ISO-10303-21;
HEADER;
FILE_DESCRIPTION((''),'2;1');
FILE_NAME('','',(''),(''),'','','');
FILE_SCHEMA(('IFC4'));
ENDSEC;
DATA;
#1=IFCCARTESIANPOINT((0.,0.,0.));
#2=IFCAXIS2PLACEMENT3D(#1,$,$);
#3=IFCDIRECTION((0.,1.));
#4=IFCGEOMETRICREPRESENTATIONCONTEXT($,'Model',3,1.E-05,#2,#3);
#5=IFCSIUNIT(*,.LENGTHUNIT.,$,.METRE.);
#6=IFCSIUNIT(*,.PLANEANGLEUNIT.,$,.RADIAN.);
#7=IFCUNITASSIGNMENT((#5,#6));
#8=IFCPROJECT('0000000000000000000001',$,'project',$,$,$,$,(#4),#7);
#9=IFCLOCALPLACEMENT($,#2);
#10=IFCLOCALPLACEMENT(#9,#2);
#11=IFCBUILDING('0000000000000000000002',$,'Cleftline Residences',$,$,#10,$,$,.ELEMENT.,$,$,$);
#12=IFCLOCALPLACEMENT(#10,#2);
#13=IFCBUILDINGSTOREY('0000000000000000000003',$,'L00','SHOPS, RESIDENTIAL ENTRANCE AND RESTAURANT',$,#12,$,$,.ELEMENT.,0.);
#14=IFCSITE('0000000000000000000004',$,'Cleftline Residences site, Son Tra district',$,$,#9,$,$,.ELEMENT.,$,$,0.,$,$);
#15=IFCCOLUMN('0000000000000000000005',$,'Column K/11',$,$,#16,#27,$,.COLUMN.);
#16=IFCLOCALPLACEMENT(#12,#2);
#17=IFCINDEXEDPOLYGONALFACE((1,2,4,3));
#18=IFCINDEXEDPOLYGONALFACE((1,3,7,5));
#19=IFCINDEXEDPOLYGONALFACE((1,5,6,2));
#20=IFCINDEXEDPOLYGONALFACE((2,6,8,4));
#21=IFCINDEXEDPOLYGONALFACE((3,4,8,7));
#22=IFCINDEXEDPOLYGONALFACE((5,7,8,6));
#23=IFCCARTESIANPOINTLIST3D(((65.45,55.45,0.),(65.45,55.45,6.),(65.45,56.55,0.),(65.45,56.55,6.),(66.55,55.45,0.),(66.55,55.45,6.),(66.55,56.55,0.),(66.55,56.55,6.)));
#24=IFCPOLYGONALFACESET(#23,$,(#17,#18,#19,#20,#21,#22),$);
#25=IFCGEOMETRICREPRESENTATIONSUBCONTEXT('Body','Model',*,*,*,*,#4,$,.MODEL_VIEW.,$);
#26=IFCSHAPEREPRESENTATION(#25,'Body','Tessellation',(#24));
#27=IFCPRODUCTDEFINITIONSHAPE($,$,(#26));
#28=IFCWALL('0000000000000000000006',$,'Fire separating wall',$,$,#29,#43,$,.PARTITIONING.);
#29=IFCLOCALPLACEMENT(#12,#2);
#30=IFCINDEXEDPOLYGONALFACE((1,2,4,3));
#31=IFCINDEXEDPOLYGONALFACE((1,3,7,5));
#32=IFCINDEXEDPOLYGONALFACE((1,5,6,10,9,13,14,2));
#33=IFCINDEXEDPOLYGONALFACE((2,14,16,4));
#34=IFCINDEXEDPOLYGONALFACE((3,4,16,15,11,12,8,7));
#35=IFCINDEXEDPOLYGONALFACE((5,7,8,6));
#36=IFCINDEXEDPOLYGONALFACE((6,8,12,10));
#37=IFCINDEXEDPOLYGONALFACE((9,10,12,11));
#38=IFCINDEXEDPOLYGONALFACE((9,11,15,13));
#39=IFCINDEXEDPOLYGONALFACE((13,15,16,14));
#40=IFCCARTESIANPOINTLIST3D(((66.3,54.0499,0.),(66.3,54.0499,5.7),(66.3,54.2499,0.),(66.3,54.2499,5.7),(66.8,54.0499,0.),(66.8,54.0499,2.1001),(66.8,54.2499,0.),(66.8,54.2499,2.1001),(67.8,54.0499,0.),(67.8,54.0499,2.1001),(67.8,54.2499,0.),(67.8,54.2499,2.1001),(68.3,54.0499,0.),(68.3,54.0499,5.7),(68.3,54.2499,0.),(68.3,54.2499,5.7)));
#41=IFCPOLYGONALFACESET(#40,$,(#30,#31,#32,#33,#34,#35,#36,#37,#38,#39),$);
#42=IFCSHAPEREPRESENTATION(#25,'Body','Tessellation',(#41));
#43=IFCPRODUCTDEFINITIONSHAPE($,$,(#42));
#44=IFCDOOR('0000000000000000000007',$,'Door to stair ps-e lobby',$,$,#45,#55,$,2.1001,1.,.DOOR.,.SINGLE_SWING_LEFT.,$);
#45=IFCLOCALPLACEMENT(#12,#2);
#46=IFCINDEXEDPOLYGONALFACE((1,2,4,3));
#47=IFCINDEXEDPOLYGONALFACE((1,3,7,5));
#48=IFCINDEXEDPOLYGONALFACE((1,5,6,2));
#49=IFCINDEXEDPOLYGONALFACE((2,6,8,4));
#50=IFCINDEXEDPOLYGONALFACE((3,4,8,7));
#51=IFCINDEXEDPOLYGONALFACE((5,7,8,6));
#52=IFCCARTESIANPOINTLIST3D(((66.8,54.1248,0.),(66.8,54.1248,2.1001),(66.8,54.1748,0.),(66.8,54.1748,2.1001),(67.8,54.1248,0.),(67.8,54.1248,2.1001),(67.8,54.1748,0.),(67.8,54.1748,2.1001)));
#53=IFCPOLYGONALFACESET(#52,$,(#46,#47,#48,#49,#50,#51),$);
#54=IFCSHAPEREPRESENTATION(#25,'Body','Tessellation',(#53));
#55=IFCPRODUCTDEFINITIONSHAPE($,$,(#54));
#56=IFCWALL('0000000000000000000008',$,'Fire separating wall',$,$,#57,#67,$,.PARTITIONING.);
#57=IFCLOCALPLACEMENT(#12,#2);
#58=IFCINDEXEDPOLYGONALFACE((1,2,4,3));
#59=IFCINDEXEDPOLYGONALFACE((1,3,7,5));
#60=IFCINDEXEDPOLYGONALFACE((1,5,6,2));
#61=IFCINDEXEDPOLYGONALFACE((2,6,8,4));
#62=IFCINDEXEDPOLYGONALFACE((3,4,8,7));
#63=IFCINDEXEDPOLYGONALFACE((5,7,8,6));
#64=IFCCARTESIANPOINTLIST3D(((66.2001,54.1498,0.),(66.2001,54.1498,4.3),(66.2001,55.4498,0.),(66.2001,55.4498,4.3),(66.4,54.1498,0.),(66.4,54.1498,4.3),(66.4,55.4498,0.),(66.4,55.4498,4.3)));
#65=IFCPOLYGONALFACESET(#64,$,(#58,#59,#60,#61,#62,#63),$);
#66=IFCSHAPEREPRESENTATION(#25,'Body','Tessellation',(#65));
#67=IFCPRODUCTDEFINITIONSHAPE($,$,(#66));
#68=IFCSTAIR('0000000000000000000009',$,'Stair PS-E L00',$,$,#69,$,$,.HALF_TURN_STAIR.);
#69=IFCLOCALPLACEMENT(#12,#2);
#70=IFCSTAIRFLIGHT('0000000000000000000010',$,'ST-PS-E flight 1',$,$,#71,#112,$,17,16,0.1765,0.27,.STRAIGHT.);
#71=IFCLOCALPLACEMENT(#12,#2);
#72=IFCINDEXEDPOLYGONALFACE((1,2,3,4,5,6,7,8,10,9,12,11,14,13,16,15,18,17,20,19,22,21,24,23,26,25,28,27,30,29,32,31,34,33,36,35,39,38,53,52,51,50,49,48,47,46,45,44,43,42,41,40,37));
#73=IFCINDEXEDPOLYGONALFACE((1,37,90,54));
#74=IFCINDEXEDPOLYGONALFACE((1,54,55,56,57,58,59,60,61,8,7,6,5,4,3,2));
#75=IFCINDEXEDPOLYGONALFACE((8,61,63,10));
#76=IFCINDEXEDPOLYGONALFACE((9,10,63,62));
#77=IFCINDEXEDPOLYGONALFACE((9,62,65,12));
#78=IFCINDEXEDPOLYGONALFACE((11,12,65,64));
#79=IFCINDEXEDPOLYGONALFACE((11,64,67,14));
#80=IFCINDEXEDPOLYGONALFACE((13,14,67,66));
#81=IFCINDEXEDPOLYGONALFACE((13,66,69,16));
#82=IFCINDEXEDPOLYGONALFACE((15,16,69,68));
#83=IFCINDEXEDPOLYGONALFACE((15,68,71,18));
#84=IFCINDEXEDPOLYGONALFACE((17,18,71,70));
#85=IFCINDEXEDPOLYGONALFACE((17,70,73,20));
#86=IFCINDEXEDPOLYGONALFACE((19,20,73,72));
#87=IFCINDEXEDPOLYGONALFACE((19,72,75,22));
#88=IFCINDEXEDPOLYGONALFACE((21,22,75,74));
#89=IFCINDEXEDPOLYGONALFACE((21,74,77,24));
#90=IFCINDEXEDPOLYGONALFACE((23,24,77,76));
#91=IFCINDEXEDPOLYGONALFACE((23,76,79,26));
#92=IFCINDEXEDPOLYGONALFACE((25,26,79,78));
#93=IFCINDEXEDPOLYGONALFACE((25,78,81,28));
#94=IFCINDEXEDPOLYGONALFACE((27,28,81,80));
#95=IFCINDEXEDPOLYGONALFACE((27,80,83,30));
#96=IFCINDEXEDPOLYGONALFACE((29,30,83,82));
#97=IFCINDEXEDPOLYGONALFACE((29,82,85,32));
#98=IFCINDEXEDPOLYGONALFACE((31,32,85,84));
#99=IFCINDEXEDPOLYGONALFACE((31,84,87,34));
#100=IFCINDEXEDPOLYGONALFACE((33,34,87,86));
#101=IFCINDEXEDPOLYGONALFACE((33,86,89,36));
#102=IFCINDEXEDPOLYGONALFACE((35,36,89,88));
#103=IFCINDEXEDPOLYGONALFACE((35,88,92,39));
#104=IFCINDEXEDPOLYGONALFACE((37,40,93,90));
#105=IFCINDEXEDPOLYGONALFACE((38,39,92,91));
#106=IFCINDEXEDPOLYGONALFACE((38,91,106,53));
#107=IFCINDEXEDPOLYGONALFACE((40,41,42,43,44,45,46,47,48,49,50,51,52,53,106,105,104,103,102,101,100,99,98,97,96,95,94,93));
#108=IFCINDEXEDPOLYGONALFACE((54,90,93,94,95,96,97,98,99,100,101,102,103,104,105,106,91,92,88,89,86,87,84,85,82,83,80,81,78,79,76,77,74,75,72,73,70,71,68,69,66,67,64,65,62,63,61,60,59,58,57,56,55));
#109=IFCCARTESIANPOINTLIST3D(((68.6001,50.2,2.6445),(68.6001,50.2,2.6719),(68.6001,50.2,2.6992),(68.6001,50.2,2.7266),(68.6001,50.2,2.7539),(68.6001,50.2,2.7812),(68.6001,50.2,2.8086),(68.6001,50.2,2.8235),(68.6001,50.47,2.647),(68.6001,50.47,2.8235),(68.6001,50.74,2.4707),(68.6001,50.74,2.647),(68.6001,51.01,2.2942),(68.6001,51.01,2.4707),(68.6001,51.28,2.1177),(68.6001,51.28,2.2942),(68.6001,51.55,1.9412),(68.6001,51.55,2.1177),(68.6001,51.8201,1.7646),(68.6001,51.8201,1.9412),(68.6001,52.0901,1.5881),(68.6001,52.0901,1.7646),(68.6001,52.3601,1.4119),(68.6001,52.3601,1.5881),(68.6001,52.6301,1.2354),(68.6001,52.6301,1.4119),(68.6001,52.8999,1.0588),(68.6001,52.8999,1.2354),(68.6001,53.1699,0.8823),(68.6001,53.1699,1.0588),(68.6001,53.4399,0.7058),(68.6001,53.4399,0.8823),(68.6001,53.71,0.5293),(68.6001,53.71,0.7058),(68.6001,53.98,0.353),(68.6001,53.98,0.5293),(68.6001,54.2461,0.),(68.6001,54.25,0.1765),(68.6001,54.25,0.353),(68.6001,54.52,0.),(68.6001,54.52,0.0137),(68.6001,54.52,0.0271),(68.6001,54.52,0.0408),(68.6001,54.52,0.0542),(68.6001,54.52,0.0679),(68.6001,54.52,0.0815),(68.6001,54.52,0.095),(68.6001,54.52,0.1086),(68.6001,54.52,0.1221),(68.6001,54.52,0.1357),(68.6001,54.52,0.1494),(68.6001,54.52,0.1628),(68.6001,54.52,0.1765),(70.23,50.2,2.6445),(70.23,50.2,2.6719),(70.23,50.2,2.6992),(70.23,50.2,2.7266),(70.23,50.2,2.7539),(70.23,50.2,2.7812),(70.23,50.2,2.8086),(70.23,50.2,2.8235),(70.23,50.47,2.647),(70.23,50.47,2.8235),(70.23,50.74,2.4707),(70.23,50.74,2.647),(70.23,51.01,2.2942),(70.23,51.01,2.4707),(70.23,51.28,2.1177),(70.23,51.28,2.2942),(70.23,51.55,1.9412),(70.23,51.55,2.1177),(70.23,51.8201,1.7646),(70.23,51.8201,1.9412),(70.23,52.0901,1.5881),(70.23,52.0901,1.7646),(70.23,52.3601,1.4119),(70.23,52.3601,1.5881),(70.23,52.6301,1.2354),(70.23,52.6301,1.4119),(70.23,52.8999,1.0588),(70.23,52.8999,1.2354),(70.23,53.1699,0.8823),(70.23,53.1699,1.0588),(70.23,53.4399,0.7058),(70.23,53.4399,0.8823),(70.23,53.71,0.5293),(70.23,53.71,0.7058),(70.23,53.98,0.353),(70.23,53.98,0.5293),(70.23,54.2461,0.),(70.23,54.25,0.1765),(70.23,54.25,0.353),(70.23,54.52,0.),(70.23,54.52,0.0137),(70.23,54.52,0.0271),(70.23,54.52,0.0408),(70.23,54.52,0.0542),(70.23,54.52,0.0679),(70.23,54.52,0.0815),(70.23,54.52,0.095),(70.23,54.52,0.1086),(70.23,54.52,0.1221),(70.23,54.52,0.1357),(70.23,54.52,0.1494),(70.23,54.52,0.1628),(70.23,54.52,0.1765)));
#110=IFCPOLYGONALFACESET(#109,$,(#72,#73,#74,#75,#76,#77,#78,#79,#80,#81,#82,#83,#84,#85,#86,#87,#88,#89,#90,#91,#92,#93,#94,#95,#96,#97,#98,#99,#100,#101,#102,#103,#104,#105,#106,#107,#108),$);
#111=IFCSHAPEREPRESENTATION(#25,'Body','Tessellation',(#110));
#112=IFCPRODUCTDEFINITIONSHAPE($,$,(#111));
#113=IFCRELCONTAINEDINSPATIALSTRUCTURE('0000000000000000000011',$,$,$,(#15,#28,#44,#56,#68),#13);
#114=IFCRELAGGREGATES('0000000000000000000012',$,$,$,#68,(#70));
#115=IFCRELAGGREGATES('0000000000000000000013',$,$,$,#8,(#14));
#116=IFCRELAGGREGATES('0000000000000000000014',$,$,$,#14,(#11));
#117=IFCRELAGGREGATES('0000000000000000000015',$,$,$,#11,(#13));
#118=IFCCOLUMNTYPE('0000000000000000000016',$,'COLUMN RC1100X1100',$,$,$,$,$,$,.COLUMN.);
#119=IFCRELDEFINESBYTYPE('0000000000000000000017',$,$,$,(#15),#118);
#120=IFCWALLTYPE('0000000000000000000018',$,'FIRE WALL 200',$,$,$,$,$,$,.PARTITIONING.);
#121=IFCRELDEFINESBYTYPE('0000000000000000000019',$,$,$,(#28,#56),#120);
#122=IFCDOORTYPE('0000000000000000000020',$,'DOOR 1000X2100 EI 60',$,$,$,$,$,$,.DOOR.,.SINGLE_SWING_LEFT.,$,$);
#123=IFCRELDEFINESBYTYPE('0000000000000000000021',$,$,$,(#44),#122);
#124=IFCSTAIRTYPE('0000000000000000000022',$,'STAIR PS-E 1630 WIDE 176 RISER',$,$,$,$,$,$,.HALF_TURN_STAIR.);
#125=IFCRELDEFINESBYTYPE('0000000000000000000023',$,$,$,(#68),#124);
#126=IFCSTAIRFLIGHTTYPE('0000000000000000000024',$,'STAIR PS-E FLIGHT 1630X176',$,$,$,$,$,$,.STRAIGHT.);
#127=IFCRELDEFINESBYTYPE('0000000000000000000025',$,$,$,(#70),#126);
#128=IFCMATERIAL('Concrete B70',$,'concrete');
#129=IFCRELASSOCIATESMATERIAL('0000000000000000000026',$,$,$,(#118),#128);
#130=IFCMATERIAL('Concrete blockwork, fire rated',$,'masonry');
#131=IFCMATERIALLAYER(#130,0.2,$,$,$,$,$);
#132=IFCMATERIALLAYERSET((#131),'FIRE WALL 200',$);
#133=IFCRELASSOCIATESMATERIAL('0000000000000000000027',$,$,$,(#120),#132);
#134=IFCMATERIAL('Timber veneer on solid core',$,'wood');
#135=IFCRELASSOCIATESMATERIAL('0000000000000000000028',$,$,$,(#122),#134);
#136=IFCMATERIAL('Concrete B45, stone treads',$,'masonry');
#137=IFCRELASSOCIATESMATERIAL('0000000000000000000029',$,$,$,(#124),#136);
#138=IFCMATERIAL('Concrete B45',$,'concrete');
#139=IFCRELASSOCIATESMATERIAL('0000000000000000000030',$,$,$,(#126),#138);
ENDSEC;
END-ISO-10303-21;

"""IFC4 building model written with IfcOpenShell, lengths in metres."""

from ifc_helpers import new_model, si_unit, direction, frame, frame_2d, origin, origin_2d, place, context, subcontext, project, spatial, polyline, rectangle, outline, extrude, material, layer, layer_set, material_profile, profile_set, type_object, element, fill, aggregate, save


model = new_model("IFC4")

# Units and contexts
model_context = context("Model", 3, precision=1e-05, world=origin(), true_north=direction((0.0, 1.0)))
body_context = subcontext(model_context, "Body", "Model", "MODEL_VIEW")
ifc_project = project(units=[si_unit("LENGTHUNIT", "METRE"), si_unit("PLANEANGLEUNIT", "RADIAN")], contexts=[model_context])

# Site, building, storey
site_placement = place(None, origin())
site = spatial("IfcSite", under=ifc_project, at=site_placement, Name="Cleftline Residences site, Son Tra district", CompositionType="ELEMENT", RefElevation=0.0)
building_placement = place(site_placement, origin())
building = spatial("IfcBuilding", under=site, at=building_placement, Name="Cleftline Residences", CompositionType="ELEMENT")
storey_placement = place(building_placement, origin())
storey = spatial("IfcBuildingStorey", under=building, at=storey_placement, Name="L00", Description="SHOPS, RESIDENTIAL ENTRANCE AND RESTAURANT", CompositionType="ELEMENT", Elevation=0.0)

# Column
ifc_material_1 = material(Name="Concrete B70", Category="concrete")
ifc_material_profile = material_profile(ifc_material_1, rectangle(XDim=1.1001, YDim=1.1001, at=origin_2d()))
ifc_profile_set = profile_set([ifc_material_profile], Name="Concrete B70")
column_type = type_object("IfcColumnType", Name="COLUMN RC1100X1100", PredefinedType="COLUMN", material=ifc_profile_set)
column_placement = place(storey_placement, frame((66.0, 56.0, 0.0), z_axis=(0.0, 0.0, 1.0), x_axis=(1.0, 0.0, 0.0)))
element("IfcColumn", 1, at=column_placement, inside=storey, type_object=column_type, Name="Column K/11", PredefinedType="COLUMN", context=body_context, shape_type="SweptSolid", body=[
    extrude(rectangle(XDim=1.1001, YDim=1.1001, at=origin_2d()), origin(), (0.0, 0.0, 1.0), 6.0),
])

# Wall, opening, door
ifc_material_2 = material(Name="Concrete blockwork, fire rated", Category="masonry")
ifc_layer = layer(ifc_material_2, 0.2)
ifc_layer_set = layer_set([ifc_layer], Name="FIRE WALL 200")
wall_type = type_object("IfcWallType", Name="FIRE WALL 200", PredefinedType="PARTITIONING", material=ifc_layer_set)
wall_1_placement = place(storey_placement, frame((66.3, 54.1499, 0.0), z_axis=(0.0, 0.0, 1.0), x_axis=(1.0, 0.0, 0.0)))
wall_1 = element("IfcWall", 2, at=wall_1_placement, inside=storey, type_object=wall_type, Name="Fire separating wall", PredefinedType="PARTITIONING", context=body_context, shape_type="SweptSolid", body=[
    extrude(rectangle(XDim=2.0, YDim=0.2, at=frame_2d((1.0, 0.0))), origin(), (0.0, 0.0, 1.0), 5.7),
])
opening_placement = place(wall_1_placement, frame((0.5, 0.0, 0.0)))
opening = element("IfcOpeningElement", 3, at=opening_placement, cuts=wall_1, PredefinedType="OPENING", context=body_context, shape_type="SweptSolid", body=[
    extrude(rectangle(XDim=1.0, YDim=2.1001, at=frame_2d((0.5, 1.05))), frame((0.0, 0.1099, 0.0), z_axis=(0.0, -1.0, 0.0), x_axis=(1.0, 0.0, 0.0)), (0.0, 0.0, 1.0), 0.22),
])
ifc_material_3 = material(Name="Timber veneer on solid core", Category="wood")
door_type = type_object("IfcDoorType", Name="DOOR 1000X2100 EI 60", OperationType="SINGLE_SWING_LEFT", PredefinedType="DOOR", material=ifc_material_3)
door_placement = place(opening_placement, origin())
door = element("IfcDoor", 4, at=door_placement, inside=storey, type_object=door_type, Name="Door to stair ps-e lobby", OperationType="SINGLE_SWING_LEFT", OverallHeight=2.1001, OverallWidth=1.0, PredefinedType="DOOR", context=body_context, shape_type="SweptSolid", body=[
    extrude(rectangle(XDim=1.0, YDim=2.1001, at=frame_2d((0.5, 1.05))), frame((0.0, 0.0249, 0.0), z_axis=(0.0, -1.0, 0.0), x_axis=(1.0, 0.0, 0.0)), (0.0, 0.0, 1.0), 0.05),
])
fill(opening, door)

# Wall
wall_2_placement = place(storey_placement, frame((66.3, 54.1499, 0.0), z_axis=(0.0, 0.0, 1.0), x_axis=(0.0, 1.0, 0.0)))
element("IfcWall", 5, at=wall_2_placement, inside=storey, type_object=wall_type, Name="Fire separating wall", PredefinedType="PARTITIONING", context=body_context, shape_type="SweptSolid", body=[
    extrude(rectangle(XDim=1.3, YDim=0.2, at=frame_2d((0.6499, 0.0))), origin(), (0.0, 0.0, 1.0), 4.3),
])

# Stair, stair flight
ifc_material_4 = material(Name="Concrete B45, stone treads", Category="masonry")
stair_type = type_object("IfcStairType", Name="STAIR PS-E 1630 WIDE 176 RISER", PredefinedType="HALF_TURN_STAIR", material=ifc_material_4)
stair_placement = place(storey_placement, origin())
stair = element("IfcStair", 6, at=stair_placement, inside=storey, type_object=stair_type, Name="Stair PS-E L00", PredefinedType="HALF_TURN_STAIR")
ifc_material_5 = material(Name="Concrete B45", Category="concrete")
stair_flight_type = type_object("IfcStairFlightType", Name="STAIR PS-E FLIGHT 1630X176", PredefinedType="STRAIGHT", material=ifc_material_5)
stair_flight_placement = place(storey_placement, frame((69.415, 54.52, 0.0), z_axis=(0.0, 0.0, 1.0), x_axis=(0.0, -1.0, 0.0)))
stair_flight = element("IfcStairFlight", 7, at=stair_flight_placement, type_object=stair_flight_type, Name="ST-PS-E flight 1", NumberOfRisers=17, NumberOfTreads=16, PredefinedType="STRAIGHT", RiserHeight=0.1765, TreadLength=0.27, context=body_context, shape_type="SweptSolid", body=[
    extrude(outline(polyline([(0.0, 0.0), (0.0, 0.0137), (0.0, 0.0271), (0.0, 0.0408), (0.0, 0.0542), (0.0, 0.0679), (0.0, 0.0815), (0.0, 0.095), (0.0, 0.1086), (0.0, 0.1221), (0.0, 0.1357), (0.0, 0.1494), (0.0, 0.1628), (0.0, 0.1765), (0.27, 0.1765), (0.27, 0.353), (0.54, 0.353), (0.54, 0.5293), (0.8101, 0.5293), (0.8101, 0.7058), (1.0801, 0.7058), (1.0801, 0.8823), (1.3501, 0.8823), (1.3501, 1.0588), (1.6201, 1.0588), (1.6201, 1.2354), (1.8899, 1.2354), (1.8899, 1.4119), (2.1599, 1.4119), (2.1599, 1.5881), (2.4299, 1.5881), (2.4299, 1.7646), (2.7, 1.7646), (2.7, 1.9412), (2.97, 1.9412), (2.97, 2.1177), (3.24, 2.1177), (3.24, 2.2942), (3.51, 2.2942), (3.51, 2.4707), (3.78, 2.4707), (3.78, 2.647), (4.05, 2.647), (4.05, 2.8235), (4.3201, 2.8235), (4.3201, 3.0), (4.3201, 2.9727), (4.3201, 2.9453), (4.3201, 2.918), (4.3201, 2.8906), (4.3201, 2.8633), (4.3201, 2.8359), (4.3201, 2.8086), (4.3201, 2.7812), (4.3201, 2.7539), (4.3201, 2.7266), (4.3201, 2.6992), (4.3201, 2.6719), (4.3201, 2.6445), (0.2739, 0.0), (0.0, 0.0)])), frame((0.0, 0.8149, 0.0), z_axis=(0.0, -1.0, 0.0), x_axis=(1.0, 0.0, 0.0)), (0.0, 0.0, 1.0), 1.6299),
])
aggregate(stair, [stair_flight])

save(model, "model.ifc")
